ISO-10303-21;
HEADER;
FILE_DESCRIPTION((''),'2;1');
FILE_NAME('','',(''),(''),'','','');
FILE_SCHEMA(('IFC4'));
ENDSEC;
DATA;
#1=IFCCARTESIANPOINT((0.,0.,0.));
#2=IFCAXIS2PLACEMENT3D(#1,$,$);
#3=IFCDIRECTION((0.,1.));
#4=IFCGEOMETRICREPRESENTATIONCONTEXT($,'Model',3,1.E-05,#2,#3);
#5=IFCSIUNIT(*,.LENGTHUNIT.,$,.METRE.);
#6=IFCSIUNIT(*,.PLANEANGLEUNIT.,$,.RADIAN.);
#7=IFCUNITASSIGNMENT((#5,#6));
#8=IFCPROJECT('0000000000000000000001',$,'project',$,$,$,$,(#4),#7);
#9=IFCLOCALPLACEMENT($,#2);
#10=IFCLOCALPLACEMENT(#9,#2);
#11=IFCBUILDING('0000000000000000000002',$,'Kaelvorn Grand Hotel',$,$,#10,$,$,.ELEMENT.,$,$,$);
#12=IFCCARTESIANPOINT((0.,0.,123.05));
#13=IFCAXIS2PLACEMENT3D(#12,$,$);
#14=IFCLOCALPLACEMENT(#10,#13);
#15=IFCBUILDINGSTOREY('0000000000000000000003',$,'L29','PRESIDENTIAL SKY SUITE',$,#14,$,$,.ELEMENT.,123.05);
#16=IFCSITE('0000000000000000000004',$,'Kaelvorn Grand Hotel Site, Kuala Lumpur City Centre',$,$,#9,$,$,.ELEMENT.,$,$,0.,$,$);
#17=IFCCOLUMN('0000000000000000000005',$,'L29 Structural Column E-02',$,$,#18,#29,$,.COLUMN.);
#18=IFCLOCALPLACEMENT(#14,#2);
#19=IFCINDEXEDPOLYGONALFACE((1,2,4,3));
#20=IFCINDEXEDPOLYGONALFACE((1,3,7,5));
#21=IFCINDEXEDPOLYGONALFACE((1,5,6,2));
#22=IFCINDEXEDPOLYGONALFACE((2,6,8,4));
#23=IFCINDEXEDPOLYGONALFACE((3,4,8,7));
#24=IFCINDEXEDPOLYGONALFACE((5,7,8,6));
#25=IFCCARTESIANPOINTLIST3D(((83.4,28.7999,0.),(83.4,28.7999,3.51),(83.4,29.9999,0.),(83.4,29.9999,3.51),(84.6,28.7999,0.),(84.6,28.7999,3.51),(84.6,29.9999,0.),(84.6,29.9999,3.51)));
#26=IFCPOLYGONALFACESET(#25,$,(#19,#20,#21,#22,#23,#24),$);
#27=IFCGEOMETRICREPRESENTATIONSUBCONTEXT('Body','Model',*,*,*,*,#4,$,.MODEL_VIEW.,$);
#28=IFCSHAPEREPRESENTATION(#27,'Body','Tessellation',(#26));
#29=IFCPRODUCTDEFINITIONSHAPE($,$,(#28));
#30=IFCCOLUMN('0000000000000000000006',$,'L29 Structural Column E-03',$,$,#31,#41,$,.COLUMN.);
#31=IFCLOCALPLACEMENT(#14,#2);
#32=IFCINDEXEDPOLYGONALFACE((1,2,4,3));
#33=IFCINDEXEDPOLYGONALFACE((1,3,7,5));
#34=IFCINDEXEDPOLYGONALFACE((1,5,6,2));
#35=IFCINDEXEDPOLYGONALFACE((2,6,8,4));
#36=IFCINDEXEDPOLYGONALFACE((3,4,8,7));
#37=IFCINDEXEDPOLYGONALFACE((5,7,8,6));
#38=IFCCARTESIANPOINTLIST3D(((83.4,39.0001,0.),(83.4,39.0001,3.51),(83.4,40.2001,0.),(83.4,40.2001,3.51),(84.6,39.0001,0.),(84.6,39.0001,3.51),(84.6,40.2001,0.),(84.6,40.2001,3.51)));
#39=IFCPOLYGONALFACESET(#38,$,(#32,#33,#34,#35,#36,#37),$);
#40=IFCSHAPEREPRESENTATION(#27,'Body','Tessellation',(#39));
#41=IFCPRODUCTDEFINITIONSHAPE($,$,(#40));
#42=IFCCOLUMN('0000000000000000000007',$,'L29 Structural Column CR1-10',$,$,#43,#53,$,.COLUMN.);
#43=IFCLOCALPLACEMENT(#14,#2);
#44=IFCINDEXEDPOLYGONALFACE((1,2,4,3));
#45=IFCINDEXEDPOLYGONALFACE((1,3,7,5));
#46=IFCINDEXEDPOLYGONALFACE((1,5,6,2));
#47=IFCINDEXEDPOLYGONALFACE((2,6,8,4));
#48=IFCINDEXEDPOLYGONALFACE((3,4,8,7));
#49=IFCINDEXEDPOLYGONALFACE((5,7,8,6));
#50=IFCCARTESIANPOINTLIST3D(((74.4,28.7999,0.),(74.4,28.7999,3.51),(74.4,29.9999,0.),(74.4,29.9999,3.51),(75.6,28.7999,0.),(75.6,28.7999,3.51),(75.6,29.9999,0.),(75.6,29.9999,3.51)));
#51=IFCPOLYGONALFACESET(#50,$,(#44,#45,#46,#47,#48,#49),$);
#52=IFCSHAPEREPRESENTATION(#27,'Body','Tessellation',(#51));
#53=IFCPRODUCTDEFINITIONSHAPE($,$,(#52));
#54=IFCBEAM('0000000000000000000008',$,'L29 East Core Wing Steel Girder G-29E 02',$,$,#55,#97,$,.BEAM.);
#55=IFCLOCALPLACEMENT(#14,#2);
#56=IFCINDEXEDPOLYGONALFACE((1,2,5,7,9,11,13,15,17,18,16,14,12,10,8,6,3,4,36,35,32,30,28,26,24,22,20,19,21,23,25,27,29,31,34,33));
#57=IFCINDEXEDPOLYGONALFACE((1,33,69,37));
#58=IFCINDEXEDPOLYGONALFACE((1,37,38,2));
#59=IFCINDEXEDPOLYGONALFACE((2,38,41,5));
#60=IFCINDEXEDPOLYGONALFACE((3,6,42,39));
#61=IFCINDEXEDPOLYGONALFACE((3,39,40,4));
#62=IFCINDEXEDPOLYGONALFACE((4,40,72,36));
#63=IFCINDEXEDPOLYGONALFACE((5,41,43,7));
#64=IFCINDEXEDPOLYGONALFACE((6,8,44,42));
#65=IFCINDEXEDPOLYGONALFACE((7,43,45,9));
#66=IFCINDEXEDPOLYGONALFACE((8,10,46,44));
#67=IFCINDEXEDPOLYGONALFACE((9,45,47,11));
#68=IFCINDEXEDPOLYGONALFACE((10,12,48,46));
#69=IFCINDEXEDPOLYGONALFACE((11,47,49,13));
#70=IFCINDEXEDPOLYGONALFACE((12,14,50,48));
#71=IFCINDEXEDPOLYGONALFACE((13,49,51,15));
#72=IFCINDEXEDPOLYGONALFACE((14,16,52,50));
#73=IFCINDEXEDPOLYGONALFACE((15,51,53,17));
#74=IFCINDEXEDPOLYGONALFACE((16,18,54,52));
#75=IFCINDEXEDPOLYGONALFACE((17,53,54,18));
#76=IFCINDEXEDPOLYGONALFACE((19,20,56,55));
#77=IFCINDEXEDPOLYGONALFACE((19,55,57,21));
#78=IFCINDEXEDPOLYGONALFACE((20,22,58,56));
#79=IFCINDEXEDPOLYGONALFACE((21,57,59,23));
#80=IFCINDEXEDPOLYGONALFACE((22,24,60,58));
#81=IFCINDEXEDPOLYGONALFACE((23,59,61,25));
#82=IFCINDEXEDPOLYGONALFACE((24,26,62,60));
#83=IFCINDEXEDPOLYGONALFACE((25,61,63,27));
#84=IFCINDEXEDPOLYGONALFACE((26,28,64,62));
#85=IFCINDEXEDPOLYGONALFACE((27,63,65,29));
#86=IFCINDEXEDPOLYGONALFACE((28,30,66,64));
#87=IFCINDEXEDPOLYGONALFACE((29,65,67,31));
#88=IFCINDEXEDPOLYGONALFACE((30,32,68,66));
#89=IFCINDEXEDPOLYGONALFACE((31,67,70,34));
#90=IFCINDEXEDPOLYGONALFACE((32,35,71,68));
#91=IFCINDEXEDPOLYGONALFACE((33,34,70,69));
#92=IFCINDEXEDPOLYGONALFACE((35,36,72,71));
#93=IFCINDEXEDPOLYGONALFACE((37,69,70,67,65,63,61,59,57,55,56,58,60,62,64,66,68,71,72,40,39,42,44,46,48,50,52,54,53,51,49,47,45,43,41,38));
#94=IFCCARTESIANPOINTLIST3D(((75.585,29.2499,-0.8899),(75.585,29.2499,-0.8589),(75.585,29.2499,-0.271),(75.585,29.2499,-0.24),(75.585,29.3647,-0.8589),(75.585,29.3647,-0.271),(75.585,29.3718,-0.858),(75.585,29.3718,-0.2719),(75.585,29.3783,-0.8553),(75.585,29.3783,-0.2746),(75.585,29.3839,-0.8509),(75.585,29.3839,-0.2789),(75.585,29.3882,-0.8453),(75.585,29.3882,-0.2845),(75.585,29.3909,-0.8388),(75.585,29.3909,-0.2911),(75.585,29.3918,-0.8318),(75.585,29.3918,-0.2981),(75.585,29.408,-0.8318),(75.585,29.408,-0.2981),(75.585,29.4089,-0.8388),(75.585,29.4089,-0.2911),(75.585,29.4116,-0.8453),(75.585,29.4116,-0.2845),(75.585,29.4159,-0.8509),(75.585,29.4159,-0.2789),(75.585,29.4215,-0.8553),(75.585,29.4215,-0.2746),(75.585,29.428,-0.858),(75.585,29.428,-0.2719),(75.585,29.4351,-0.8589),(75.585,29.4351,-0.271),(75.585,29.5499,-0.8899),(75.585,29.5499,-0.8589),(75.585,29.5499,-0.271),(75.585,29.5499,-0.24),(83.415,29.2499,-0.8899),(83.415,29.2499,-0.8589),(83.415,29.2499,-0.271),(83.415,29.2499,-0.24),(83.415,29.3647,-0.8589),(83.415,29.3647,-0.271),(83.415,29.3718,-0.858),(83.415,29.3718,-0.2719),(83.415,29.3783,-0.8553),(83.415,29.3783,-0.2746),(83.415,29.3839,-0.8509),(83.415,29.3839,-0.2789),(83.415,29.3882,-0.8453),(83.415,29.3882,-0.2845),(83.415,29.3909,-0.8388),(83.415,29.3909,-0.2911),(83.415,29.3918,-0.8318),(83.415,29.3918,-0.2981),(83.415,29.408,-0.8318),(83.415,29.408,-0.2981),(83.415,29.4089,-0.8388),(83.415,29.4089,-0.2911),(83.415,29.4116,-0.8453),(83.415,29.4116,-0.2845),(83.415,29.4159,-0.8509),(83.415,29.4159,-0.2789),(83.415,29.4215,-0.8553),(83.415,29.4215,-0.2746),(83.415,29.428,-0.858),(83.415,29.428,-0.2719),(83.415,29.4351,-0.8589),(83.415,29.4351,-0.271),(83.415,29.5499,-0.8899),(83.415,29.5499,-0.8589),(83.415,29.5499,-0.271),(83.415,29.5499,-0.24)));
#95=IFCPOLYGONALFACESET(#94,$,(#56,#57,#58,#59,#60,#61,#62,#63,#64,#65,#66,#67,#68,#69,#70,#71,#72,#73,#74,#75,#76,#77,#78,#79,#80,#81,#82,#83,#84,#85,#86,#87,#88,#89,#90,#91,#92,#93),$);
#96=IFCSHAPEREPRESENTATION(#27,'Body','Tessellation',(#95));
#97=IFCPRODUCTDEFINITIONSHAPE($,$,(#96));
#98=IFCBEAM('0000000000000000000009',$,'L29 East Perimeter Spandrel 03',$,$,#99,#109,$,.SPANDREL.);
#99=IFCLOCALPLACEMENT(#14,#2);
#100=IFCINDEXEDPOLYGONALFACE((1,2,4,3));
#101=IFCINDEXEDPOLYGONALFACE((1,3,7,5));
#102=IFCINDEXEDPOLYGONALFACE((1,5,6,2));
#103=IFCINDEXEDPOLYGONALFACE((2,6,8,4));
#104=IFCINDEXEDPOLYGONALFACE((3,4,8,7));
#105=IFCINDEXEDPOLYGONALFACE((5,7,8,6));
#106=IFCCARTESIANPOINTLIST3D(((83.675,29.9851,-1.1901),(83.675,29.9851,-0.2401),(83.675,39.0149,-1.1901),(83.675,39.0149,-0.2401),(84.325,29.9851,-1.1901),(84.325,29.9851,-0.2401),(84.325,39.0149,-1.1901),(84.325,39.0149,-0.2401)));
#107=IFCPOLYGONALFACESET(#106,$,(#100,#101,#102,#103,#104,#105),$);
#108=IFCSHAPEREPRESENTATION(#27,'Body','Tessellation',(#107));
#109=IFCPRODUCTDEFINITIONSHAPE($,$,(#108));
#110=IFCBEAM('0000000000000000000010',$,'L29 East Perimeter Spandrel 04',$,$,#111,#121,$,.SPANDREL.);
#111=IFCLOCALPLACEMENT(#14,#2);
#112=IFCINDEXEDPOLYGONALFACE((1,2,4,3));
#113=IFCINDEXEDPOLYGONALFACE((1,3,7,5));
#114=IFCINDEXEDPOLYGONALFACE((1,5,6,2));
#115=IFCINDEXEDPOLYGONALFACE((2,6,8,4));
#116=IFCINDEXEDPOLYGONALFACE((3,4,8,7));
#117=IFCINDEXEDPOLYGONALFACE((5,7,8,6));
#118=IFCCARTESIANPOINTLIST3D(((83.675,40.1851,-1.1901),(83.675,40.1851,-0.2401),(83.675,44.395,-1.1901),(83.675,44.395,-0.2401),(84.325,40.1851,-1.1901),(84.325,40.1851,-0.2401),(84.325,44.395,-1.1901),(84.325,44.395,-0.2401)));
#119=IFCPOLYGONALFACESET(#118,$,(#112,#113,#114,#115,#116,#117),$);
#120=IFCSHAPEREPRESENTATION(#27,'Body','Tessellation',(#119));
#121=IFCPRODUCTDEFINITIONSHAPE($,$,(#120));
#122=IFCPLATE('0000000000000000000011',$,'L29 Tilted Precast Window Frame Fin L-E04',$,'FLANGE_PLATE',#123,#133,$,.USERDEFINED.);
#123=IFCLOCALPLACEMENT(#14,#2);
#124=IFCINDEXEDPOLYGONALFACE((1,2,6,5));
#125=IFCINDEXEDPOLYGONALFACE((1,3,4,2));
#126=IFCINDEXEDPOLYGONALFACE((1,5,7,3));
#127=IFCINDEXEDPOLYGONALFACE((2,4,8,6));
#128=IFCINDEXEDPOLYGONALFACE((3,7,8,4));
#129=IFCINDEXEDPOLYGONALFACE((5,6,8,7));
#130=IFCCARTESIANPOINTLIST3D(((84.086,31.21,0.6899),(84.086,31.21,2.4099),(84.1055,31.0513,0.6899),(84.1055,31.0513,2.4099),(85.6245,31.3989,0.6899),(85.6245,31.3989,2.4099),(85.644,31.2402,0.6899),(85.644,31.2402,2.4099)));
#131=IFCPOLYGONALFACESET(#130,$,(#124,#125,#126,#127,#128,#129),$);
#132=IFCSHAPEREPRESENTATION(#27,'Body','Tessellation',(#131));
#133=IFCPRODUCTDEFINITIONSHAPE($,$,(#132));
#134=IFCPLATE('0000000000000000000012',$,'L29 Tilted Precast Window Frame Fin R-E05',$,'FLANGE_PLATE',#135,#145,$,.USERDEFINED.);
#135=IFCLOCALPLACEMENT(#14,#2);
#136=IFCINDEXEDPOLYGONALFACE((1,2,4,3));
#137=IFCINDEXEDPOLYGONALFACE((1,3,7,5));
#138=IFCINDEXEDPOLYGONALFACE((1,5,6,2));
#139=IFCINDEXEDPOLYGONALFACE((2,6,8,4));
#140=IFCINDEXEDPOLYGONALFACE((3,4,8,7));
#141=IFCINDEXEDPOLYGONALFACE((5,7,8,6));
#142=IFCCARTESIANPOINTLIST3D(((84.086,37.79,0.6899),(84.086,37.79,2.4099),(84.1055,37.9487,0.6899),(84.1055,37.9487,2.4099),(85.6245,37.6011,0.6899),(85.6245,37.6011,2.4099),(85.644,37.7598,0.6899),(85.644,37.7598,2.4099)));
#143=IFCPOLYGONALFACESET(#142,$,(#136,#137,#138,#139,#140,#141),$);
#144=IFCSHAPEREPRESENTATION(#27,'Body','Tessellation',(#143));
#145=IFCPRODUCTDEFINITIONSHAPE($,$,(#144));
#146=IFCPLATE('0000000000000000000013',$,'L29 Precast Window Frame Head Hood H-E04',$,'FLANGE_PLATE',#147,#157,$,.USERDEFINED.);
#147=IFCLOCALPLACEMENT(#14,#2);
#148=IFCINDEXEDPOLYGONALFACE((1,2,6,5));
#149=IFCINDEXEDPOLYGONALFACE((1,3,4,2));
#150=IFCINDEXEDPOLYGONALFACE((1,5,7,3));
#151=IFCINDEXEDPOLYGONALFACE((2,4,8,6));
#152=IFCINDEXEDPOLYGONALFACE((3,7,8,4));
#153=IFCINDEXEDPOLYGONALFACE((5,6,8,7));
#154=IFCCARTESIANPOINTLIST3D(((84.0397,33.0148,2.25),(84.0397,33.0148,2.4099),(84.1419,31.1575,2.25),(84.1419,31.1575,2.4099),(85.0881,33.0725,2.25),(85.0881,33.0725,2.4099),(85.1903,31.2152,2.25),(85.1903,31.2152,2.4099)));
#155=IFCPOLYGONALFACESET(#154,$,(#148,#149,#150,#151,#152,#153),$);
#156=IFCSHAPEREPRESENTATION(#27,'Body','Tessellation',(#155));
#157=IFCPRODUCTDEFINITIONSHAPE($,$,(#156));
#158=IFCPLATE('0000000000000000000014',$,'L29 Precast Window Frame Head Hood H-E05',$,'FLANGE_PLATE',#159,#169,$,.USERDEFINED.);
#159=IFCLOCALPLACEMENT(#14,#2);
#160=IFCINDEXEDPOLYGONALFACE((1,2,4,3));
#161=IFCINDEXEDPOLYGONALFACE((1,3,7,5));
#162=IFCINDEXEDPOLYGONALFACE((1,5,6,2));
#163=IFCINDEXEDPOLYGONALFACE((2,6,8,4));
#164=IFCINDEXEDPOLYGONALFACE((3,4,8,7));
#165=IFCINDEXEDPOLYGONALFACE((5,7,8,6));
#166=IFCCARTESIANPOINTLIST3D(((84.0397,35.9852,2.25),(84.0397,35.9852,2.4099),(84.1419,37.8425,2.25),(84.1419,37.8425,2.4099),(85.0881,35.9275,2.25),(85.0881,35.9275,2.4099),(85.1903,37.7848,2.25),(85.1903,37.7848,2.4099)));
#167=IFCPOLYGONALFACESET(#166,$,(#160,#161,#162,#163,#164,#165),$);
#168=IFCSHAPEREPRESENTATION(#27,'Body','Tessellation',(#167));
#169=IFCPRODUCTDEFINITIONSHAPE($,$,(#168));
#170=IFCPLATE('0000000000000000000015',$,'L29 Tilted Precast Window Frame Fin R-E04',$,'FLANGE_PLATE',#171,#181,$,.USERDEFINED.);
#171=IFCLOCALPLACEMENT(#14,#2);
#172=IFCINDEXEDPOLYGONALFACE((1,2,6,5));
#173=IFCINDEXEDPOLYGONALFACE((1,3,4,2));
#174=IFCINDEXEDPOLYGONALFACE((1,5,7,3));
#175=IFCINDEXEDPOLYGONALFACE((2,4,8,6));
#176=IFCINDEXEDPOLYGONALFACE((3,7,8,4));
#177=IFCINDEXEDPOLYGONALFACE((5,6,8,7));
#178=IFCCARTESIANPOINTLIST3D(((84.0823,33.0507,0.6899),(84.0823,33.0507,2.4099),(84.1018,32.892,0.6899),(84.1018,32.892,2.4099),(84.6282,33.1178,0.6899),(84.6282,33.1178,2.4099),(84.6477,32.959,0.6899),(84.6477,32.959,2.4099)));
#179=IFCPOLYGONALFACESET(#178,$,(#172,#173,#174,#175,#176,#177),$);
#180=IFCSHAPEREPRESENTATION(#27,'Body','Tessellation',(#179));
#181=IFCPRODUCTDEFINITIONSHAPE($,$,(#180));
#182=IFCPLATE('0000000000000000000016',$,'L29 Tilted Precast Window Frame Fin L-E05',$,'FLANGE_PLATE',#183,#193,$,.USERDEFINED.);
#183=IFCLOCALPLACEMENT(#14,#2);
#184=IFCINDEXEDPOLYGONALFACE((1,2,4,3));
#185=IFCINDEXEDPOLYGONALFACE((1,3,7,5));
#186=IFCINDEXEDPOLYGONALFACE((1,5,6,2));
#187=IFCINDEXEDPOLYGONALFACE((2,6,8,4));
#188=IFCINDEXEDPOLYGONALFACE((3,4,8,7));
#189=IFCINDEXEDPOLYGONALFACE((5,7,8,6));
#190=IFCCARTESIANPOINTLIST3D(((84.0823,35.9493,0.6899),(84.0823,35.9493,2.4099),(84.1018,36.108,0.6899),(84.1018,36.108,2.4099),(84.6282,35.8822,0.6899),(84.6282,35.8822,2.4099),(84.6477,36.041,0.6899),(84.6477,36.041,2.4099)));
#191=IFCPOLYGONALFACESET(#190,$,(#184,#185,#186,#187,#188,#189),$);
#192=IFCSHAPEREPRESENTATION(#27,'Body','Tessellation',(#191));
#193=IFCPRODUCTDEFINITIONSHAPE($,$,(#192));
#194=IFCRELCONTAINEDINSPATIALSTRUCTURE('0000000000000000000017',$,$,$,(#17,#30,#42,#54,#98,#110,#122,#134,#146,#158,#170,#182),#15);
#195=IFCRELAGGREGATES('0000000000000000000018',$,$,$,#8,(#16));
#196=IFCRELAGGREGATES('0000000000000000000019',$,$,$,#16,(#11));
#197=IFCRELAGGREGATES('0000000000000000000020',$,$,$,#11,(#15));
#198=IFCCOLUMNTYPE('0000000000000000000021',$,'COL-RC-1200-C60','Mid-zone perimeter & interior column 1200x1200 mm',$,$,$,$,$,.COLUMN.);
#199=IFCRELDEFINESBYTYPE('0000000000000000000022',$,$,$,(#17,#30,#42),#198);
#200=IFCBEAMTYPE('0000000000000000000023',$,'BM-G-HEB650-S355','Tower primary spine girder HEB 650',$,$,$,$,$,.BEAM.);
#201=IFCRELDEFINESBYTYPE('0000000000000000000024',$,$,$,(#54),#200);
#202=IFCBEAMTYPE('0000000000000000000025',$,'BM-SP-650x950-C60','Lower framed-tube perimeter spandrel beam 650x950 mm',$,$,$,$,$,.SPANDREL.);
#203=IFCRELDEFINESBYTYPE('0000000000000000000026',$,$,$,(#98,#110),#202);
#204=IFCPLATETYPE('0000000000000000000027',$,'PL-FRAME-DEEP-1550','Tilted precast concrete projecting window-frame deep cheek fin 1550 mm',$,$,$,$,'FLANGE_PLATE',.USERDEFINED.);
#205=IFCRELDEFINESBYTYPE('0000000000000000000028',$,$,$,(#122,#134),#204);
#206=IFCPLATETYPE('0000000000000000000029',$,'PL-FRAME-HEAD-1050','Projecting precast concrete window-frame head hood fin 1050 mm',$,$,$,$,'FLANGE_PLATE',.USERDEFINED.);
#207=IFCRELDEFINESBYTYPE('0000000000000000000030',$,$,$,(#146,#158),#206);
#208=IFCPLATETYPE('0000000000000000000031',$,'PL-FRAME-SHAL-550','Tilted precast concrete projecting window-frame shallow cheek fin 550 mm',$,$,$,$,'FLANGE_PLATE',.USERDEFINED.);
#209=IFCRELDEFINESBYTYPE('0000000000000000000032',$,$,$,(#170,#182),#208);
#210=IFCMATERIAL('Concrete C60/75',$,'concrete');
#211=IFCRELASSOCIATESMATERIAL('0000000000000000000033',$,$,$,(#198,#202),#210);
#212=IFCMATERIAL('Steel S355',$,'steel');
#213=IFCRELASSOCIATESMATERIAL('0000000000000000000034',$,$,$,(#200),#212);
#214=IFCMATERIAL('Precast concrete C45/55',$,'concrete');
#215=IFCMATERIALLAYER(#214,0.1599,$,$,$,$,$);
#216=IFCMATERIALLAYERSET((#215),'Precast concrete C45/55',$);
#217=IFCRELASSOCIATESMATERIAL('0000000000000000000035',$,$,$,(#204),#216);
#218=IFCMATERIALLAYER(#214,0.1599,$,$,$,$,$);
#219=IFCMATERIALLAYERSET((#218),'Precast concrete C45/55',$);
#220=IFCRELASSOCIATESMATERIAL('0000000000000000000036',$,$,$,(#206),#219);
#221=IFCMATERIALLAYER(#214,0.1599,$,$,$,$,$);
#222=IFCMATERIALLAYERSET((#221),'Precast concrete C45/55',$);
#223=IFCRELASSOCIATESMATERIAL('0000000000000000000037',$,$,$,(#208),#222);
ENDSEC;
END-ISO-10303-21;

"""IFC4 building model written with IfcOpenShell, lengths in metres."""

from ifc_helpers import new_model, si_unit, direction, frame, origin, origin_2d, place, context, subcontext, project, spatial, rectangle, i_section, extrude, material, layer, layer_set, material_profile, profile_set, type_object, element, save


model = new_model("IFC4")

# Units and contexts
model_context = context("Model", 3, precision=1e-05, world=origin(), true_north=direction((0.0, 1.0)))
body_context = subcontext(model_context, "Body", "Model", "MODEL_VIEW")
ifc_project = project(units=[si_unit("LENGTHUNIT", "METRE"), si_unit("PLANEANGLEUNIT", "RADIAN")], contexts=[model_context])

# Site, building, storey
site_placement = place(None, origin())
site = spatial("IfcSite", under=ifc_project, at=site_placement, Name="Kaelvorn Grand Hotel Site, Kuala Lumpur City Centre", CompositionType="ELEMENT", RefElevation=0.0)
building_placement = place(site_placement, origin())
building = spatial("IfcBuilding", under=site, at=building_placement, Name="Kaelvorn Grand Hotel", CompositionType="ELEMENT")
storey_placement = place(building_placement, frame((0.0, 0.0, 123.05)))
storey = spatial("IfcBuildingStorey", under=building, at=storey_placement, Name="L29", Description="PRESIDENTIAL SKY SUITE", CompositionType="ELEMENT", Elevation=123.05)

# Columns
ifc_material_1 = material(Name="Concrete C60/75", Category="concrete")
ifc_material_profile_1 = material_profile(ifc_material_1, rectangle(XDim=1.2, YDim=1.2, at=origin_2d()), Name="RC COL 1200x1200")
ifc_profile_set_1 = profile_set([ifc_material_profile_1], Name="Concrete C60/75")
column_type = type_object("IfcColumnType", Name="COL-RC-1200-C60", Description="Mid-zone perimeter & interior column 1200x1200 mm", PredefinedType="COLUMN", material=ifc_profile_set_1)
for number, where, z_axis, x_axis, name in (
    (1, (84.0, 29.3999, 0.0), (0.0, 0.0, 1.0), (1.0, 0.0, 0.0), "L29 Structural Column E-02"),
    (2, (84.0, 39.6001, 0.0), (0.0, 0.0, 1.0), (1.0, 0.0, 0.0), "L29 Structural Column E-03"),
    (3, (75.0, 29.3999, 0.0), (0.0, 0.0, 1.0), (1.0, 0.0, 0.0), "L29 Structural Column CR1-10"),
):
    element("IfcColumn", number, at=place(storey_placement, frame(where, z_axis=z_axis, x_axis=x_axis)), inside=storey, type_object=column_type, Name=name, PredefinedType="COLUMN", context=body_context, shape_type="SweptSolid", body=[
        extrude(rectangle(XDim=1.2, YDim=1.2, at=origin_2d()), origin(), (0.0, 0.0, 1.0), 3.51),
    ])

# Beams
ifc_material_2 = material(Name="Steel S355", Category="steel")
ifc_material_profile_2 = material_profile(ifc_material_2, i_section(OverallWidth=0.3, OverallDepth=0.6499, WebThickness=0.0161, FlangeThickness=0.031, FilletRadius=0.0271, at=origin_2d()), Name="HEB 650")
ifc_profile_set_2 = profile_set([ifc_material_profile_2], Name="Steel S355")
beam_type_1 = type_object("IfcBeamType", Name="BM-G-HEB650-S355", Description="Tower primary spine girder HEB 650", PredefinedType="BEAM", material=ifc_profile_set_2)
beam_1_placement = place(storey_placement, frame((75.585, 29.3999, -0.5649), z_axis=(1.0, 0.0, 0.0), x_axis=(0.0, 1.0, 0.0)))
element("IfcBeam", 4, at=beam_1_placement, inside=storey, type_object=beam_type_1, Name="L29 East Core Wing Steel Girder G-29E 02", PredefinedType="BEAM", context=body_context, shape_type="SweptSolid", body=[
    extrude(i_section(OverallWidth=0.3, OverallDepth=0.6499, WebThickness=0.0161, FlangeThickness=0.031, FilletRadius=0.0271, at=origin_2d()), origin(), (0.0, 0.0, 1.0), 7.8301),
])
ifc_material_profile_3 = material_profile(ifc_material_1, rectangle(XDim=0.6499, YDim=0.95, at=origin_2d()), Name="RC SPANDREL 650x950")
ifc_profile_set_3 = profile_set([ifc_material_profile_3], Name="Concrete C60/75")
beam_type_2 = type_object("IfcBeamType", Name="BM-SP-650x950-C60", Description="Lower framed-tube perimeter spandrel beam 650x950 mm", PredefinedType="SPANDREL", material=ifc_profile_set_3)
beam_2_placement = place(storey_placement, frame((84.0, 29.9851, -0.7151), z_axis=(0.0, 1.0, 0.0), x_axis=(-1.0, 0.0, 0.0)))
element("IfcBeam", 5, at=beam_2_placement, inside=storey, type_object=beam_type_2, Name="L29 East Perimeter Spandrel 03", PredefinedType="SPANDREL", context=body_context, shape_type="SweptSolid", body=[
    extrude(rectangle(XDim=0.6499, YDim=0.95, at=origin_2d()), origin(), (0.0, 0.0, 1.0), 9.0298),
])
beam_3_placement = place(storey_placement, frame((84.0, 40.1851, -0.7151), z_axis=(0.0, 1.0, 0.0), x_axis=(-1.0, 0.0, 0.0)))
element("IfcBeam", 6, at=beam_3_placement, inside=storey, type_object=beam_type_2, Name="L29 East Perimeter Spandrel 04", PredefinedType="SPANDREL", context=body_context, shape_type="SweptSolid", body=[
    extrude(rectangle(XDim=0.6499, YDim=0.95, at=origin_2d()), origin(), (0.0, 0.0, 1.0), 4.21),
])

# Plates
ifc_material_3 = material(Name="Precast concrete C45/55", Category="concrete")
ifc_layer_1 = layer(ifc_material_3, 0.1599)
ifc_layer_set_1 = layer_set([ifc_layer_1], Name="Precast concrete C45/55")
plate_type_1 = type_object("IfcPlateType", Name="PL-FRAME-DEEP-1550", Description="Tilted precast concrete projecting window-frame deep cheek fin 1550 mm", ElementType="FLANGE_PLATE", PredefinedType="USERDEFINED", material=ifc_layer_set_1)
for number, where, z_axis, x_axis, name in (
    (7, (84.865, 31.2251, 0.6899), (0.0, 0.0, 1.0), (-0.121869, 0.992546, 0.0), "L29 Tilted Precast Window Frame Fin L-E04"),
    (8, (84.865, 37.7749, 0.6899), (0.0, 0.0, 1.0), (0.121869, 0.992546, 0.0), "L29 Tilted Precast Window Frame Fin R-E05"),
):
    element("IfcPlate", number, at=place(storey_placement, frame(where, z_axis=z_axis, x_axis=x_axis)), inside=storey, type_object=plate_type_1, Name=name, ObjectType="FLANGE_PLATE", PredefinedType="USERDEFINED", context=body_context, shape_type="SweptSolid", body=[
        extrude(rectangle(XDim=0.1599, YDim=1.55, at=origin_2d()), origin(), (0.0, 0.0, 1.0), 1.72),
    ])
ifc_layer_2 = layer(ifc_material_3, 0.1599)
ifc_layer_set_2 = layer_set([ifc_layer_2], Name="Precast concrete C45/55")
plate_type_2 = type_object("IfcPlateType", Name="PL-FRAME-HEAD-1050", Description="Projecting precast concrete window-frame head hood fin 1050 mm", ElementType="FLANGE_PLATE", PredefinedType="USERDEFINED", material=ifc_layer_set_2)
for number, where, z_axis, x_axis, name in (
    (9, (84.615, 32.115, 2.25), (0.0, 0.0, 1.0), (-0.05495, 0.998489, 0.0), "L29 Precast Window Frame Head Hood H-E04"),
    (10, (84.615, 36.885, 2.25), (0.0, 0.0, 1.0), (0.05495, 0.998489, 0.0), "L29 Precast Window Frame Head Hood H-E05"),
):
    element("IfcPlate", number, at=place(storey_placement, frame(where, z_axis=z_axis, x_axis=x_axis)), inside=storey, type_object=plate_type_2, Name=name, ObjectType="FLANGE_PLATE", PredefinedType="USERDEFINED", context=body_context, shape_type="SweptSolid", body=[
        extrude(rectangle(XDim=1.8601, YDim=1.05, at=origin_2d()), origin(), (0.0, 0.0, 1.0), 0.1599),
    ])
ifc_layer_3 = layer(ifc_material_3, 0.1599)
ifc_layer_set_3 = layer_set([ifc_layer_3], Name="Precast concrete C45/55")
plate_type_3 = type_object("IfcPlateType", Name="PL-FRAME-SHAL-550", Description="Tilted precast concrete projecting window-frame shallow cheek fin 550 mm", ElementType="FLANGE_PLATE", PredefinedType="USERDEFINED", material=ifc_layer_set_3)
for number, where, z_axis, x_axis, name in (
    (11, (84.365, 33.0049, 0.6899), (0.0, 0.0, 1.0), (-0.121869, 0.992546, 0.0), "L29 Tilted Precast Window Frame Fin R-E04"),
    (12, (84.365, 35.9951, 0.6899), (0.0, 0.0, 1.0), (0.121869, 0.992546, 0.0), "L29 Tilted Precast Window Frame Fin L-E05"),
):
    element("IfcPlate", number, at=place(storey_placement, frame(where, z_axis=z_axis, x_axis=x_axis)), inside=storey, type_object=plate_type_3, Name=name, ObjectType="FLANGE_PLATE", PredefinedType="USERDEFINED", context=body_context, shape_type="SweptSolid", body=[
        extrude(rectangle(XDim=0.1599, YDim=0.55, at=origin_2d()), origin(), (0.0, 0.0, 1.0), 1.72),
    ])

save(model, "model.ifc")
